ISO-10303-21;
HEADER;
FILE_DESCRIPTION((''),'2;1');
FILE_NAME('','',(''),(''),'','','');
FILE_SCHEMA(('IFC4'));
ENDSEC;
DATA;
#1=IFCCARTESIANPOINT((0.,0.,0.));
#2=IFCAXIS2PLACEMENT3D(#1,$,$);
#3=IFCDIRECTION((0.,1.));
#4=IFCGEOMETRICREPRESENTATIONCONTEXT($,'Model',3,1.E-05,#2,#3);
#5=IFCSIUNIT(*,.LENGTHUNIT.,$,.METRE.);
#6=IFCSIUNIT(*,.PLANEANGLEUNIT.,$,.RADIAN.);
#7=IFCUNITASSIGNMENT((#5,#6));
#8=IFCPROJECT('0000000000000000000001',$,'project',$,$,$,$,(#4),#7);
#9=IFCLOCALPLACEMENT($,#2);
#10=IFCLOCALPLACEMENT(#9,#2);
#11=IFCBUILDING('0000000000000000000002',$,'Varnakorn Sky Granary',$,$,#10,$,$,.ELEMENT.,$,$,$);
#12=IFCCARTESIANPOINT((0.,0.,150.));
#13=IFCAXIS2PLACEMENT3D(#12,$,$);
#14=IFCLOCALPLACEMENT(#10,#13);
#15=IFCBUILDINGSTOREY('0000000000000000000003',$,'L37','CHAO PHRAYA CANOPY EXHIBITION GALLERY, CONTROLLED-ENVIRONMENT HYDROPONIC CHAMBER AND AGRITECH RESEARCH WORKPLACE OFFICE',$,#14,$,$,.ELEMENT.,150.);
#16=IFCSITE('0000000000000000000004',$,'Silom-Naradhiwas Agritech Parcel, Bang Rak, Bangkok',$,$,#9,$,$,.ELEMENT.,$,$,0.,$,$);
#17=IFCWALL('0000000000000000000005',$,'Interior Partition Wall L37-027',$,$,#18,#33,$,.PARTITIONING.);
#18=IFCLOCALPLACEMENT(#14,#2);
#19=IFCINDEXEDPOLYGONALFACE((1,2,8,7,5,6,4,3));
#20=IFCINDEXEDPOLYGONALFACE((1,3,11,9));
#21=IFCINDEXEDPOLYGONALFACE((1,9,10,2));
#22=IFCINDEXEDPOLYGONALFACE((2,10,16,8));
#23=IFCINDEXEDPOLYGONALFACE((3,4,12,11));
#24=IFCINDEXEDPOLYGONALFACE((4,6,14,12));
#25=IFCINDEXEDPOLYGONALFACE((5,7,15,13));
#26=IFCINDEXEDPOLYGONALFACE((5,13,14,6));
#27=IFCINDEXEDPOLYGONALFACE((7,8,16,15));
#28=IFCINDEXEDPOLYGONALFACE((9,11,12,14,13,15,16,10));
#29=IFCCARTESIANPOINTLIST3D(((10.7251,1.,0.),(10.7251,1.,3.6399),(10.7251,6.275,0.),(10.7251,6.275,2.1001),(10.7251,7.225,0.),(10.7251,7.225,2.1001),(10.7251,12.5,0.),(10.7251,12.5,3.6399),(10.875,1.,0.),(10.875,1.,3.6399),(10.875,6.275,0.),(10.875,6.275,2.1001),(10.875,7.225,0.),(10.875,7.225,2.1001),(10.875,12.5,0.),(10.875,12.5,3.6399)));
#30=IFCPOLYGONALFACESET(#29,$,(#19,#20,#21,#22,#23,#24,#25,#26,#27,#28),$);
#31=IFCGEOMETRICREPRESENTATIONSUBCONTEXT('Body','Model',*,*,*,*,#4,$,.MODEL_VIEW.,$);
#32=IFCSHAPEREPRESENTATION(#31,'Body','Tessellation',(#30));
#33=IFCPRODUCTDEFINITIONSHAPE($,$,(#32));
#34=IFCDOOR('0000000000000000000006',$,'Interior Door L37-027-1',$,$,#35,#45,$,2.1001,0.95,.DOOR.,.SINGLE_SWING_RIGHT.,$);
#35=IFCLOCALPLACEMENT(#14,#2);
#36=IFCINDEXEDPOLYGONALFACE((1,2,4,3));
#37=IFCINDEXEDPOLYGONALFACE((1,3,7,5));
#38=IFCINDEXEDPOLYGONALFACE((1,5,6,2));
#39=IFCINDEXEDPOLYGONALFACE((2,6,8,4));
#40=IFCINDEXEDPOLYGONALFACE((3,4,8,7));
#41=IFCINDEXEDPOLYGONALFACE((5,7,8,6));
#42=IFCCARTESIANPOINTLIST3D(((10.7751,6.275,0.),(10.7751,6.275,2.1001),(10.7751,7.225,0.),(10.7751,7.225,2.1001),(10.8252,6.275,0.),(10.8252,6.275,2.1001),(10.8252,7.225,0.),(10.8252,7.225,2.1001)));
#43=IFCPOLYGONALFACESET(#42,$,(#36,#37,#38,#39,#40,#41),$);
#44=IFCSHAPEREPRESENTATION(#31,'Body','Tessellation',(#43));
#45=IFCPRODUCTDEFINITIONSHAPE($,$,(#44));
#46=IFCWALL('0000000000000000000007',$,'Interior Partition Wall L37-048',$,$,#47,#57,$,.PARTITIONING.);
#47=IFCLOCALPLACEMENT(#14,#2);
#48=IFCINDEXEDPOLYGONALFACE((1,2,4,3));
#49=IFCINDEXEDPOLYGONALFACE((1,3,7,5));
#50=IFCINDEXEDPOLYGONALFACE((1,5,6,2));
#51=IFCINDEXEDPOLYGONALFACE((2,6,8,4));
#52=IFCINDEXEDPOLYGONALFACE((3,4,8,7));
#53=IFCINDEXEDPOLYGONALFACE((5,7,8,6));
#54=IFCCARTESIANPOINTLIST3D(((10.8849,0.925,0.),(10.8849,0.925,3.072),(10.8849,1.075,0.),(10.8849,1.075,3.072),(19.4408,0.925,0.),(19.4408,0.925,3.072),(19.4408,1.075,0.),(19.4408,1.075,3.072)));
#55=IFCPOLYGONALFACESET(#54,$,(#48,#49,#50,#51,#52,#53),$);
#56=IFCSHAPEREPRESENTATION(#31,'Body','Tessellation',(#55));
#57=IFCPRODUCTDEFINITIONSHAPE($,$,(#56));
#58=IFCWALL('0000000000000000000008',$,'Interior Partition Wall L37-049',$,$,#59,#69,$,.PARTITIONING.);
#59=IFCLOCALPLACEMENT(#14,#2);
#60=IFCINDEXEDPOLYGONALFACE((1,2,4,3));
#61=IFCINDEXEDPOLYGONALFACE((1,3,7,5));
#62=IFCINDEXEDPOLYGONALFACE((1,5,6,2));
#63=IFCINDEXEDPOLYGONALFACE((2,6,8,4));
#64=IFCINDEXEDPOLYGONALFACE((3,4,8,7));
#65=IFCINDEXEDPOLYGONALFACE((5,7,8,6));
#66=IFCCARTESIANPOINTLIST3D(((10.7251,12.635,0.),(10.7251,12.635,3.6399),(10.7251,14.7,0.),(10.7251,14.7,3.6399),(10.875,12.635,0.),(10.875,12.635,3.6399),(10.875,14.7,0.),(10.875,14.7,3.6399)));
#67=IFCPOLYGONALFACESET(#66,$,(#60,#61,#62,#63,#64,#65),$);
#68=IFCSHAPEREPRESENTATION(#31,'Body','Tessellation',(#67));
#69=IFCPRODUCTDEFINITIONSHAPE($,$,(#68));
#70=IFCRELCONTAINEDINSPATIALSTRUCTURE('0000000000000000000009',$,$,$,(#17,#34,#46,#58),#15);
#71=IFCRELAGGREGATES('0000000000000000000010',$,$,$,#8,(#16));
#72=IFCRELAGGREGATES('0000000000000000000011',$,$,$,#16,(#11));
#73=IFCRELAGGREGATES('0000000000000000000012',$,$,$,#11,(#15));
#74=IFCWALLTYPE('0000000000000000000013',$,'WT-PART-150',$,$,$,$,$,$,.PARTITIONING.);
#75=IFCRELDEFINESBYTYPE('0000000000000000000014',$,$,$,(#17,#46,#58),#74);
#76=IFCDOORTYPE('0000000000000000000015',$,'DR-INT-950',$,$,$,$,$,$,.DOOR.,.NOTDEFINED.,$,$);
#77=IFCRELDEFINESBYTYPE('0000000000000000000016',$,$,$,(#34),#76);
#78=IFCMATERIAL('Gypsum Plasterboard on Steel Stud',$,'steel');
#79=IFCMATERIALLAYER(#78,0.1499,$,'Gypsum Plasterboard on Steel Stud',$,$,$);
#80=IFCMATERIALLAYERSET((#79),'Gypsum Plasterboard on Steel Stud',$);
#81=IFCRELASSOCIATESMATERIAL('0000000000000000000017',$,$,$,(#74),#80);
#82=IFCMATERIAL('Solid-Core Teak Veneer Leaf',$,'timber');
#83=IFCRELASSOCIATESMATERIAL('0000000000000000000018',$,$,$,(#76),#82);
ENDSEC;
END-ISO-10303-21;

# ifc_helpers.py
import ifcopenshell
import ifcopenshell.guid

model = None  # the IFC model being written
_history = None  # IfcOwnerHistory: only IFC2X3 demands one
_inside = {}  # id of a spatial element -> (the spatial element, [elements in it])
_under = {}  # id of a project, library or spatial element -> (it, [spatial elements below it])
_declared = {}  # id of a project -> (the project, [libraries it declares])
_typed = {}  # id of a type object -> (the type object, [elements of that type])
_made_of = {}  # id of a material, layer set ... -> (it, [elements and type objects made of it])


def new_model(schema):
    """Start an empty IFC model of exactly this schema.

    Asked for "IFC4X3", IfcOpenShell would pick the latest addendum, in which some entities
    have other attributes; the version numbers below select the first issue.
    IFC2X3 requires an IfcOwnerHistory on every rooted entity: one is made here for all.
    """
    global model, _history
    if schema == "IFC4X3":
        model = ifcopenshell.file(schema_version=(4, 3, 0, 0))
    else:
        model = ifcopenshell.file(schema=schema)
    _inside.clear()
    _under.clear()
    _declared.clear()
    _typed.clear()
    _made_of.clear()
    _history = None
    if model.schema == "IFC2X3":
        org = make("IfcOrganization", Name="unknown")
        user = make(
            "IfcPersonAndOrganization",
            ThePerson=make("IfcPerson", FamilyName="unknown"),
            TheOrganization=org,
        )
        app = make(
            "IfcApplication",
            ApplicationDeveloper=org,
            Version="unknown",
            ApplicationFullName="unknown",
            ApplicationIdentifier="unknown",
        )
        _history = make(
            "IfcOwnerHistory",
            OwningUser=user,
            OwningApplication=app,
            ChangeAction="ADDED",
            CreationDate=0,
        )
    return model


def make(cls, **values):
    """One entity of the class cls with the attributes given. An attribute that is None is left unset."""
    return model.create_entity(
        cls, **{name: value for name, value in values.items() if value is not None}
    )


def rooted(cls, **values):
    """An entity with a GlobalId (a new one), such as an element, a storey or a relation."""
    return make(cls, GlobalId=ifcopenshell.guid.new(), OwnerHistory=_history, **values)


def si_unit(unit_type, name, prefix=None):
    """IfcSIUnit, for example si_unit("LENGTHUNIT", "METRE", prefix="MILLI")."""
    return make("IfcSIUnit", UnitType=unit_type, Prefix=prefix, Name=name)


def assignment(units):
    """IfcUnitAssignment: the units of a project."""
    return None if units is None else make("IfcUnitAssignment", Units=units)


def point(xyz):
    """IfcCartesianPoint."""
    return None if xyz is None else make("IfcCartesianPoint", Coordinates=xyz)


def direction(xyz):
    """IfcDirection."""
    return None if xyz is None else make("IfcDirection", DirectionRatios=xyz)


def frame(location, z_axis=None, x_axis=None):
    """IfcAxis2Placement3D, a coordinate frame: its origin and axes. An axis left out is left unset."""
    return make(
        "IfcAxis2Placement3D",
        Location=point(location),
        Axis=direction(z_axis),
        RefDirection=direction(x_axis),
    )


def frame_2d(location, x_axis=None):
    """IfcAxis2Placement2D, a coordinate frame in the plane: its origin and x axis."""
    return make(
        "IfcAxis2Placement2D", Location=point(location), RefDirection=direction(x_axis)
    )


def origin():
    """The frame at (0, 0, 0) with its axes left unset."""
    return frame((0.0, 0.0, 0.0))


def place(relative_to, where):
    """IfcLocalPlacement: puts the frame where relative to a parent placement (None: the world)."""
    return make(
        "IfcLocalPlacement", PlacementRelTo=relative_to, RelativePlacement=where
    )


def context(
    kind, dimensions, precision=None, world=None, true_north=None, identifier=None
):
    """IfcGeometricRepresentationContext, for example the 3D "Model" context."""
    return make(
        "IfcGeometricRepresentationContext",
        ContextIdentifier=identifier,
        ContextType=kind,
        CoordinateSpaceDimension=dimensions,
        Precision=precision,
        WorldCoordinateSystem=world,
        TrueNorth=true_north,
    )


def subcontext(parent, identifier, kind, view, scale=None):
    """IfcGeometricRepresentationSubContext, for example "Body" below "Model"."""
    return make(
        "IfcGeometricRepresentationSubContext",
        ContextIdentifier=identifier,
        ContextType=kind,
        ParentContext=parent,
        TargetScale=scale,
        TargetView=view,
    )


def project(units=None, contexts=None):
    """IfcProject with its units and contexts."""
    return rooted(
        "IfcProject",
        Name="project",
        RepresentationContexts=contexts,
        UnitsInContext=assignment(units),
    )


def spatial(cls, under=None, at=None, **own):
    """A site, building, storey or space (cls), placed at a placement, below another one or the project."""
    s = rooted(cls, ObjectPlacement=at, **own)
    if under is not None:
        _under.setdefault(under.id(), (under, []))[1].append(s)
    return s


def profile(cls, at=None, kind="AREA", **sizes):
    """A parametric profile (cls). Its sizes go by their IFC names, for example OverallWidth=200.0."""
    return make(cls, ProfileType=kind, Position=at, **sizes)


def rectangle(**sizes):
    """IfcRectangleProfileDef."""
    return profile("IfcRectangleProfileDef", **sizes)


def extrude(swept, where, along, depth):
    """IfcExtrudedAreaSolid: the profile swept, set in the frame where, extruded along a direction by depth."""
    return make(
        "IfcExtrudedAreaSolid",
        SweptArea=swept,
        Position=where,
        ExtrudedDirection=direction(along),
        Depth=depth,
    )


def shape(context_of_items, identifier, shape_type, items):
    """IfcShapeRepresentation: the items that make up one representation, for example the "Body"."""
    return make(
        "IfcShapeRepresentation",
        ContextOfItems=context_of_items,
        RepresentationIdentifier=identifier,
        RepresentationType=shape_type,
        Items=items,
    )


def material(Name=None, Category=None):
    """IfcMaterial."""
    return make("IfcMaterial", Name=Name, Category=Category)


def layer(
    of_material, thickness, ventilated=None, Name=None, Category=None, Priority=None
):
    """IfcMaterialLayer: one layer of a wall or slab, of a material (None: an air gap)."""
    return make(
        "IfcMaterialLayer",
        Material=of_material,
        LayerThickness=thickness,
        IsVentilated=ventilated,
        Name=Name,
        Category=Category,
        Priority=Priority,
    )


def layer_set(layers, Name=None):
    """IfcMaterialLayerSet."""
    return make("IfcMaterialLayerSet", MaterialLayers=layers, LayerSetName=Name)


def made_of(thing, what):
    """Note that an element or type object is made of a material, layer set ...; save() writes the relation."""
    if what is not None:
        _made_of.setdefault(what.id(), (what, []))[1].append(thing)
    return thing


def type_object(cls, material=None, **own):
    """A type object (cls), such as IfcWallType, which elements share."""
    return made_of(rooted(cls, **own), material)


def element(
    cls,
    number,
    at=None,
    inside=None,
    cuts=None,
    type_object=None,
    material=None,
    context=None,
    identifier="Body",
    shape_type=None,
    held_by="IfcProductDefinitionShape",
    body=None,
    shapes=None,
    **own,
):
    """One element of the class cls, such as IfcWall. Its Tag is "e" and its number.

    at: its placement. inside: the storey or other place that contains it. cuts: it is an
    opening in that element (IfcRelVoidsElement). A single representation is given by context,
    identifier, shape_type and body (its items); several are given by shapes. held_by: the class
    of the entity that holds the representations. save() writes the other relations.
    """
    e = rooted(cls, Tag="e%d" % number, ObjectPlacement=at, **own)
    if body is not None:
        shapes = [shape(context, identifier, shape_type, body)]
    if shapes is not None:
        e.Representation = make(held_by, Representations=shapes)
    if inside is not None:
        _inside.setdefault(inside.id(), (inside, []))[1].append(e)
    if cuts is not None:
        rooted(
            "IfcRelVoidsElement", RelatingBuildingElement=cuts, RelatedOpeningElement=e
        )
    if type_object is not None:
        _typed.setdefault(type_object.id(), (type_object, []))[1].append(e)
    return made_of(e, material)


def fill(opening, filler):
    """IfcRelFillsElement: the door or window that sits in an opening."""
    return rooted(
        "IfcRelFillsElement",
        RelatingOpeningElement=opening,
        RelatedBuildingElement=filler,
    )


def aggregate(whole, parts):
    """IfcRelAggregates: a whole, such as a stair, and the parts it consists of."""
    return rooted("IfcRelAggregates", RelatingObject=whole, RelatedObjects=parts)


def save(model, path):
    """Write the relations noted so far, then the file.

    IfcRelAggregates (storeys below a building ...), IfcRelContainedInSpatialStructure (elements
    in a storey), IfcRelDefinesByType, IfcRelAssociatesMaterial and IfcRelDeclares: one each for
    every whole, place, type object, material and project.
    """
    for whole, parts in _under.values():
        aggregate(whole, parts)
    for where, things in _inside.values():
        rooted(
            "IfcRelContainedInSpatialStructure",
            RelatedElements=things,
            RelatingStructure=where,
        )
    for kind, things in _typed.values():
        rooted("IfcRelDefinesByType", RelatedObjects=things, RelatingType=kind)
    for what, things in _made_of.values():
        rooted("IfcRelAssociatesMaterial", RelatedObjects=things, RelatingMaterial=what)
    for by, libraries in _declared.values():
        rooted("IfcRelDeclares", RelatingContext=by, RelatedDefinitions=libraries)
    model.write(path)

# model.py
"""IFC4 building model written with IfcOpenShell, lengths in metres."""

from ifc_helpers import new_model, si_unit, direction, frame, frame_2d, origin, place, context, subcontext, project, spatial, rectangle, extrude, material, layer, layer_set, type_object, element, fill, save


model = new_model("IFC4")

# Units and contexts
model_context = context("Model", 3, precision=1e-05, world=origin(), true_north=direction((0.0, 1.0)))
body_context = subcontext(model_context, "Body", "Model", "MODEL_VIEW")
ifc_project = project(units=[si_unit("LENGTHUNIT", "METRE"), si_unit("PLANEANGLEUNIT", "RADIAN")], contexts=[model_context])

# Site, building, storey
site_placement = place(None, origin())
site = spatial("IfcSite", under=ifc_project, at=site_placement, Name="Silom-Naradhiwas Agritech Parcel, Bang Rak, Bangkok", CompositionType="ELEMENT", RefElevation=0.0)
building_placement = place(site_placement, origin())
building = spatial("IfcBuilding", under=site, at=building_placement, Name="Varnakorn Sky Granary", CompositionType="ELEMENT")
storey_placement = place(building_placement, frame((0.0, 0.0, 150.0)))
storey = spatial("IfcBuildingStorey", under=building, at=storey_placement, Name="L37", Description="CHAO PHRAYA CANOPY EXHIBITION GALLERY, CONTROLLED-ENVIRONMENT HYDROPONIC CHAMBER AND AGRITECH RESEARCH WORKPLACE OFFICE", CompositionType="ELEMENT", Elevation=150.0)

# Wall, opening, door
ifc_material_1 = material(Name="Gypsum Plasterboard on Steel Stud", Category="steel")
ifc_layer_1 = layer(ifc_material_1, 0.1499, Name="Gypsum Plasterboard on Steel Stud")
ifc_layer_set_1 = layer_set([ifc_layer_1], Name="Gypsum Plasterboard on Steel Stud")
wall_type_1 = type_object("IfcWallType", Name="WT-PART-150", PredefinedType="PARTITIONING", material=ifc_layer_set_1)
wall_1_placement = place(storey_placement, frame((10.8, 1.0, 0.0), z_axis=(0.0, 0.0, 1.0), x_axis=(0.0, 1.0, 0.0)))
wall_1 = element("IfcWall", 1, at=wall_1_placement, inside=storey, type_object=wall_type_1, Name="Interior Partition Wall L37-027", PredefinedType="PARTITIONING", context=body_context, shape_type="SweptSolid", body=[
    extrude(rectangle(XDim=11.5, YDim=0.1499, at=frame_2d((5.75, 0.0))), origin(), (0.0, 0.0, 1.0), 3.6399),
])
opening_1_placement = place(wall_1_placement, frame((5.2749, 0.0, 0.0)))
opening_1 = element("IfcOpeningElement", 2, at=opening_1_placement, cuts=wall_1, PredefinedType="OPENING", context=body_context, shape_type="SweptSolid", body=[
    extrude(rectangle(XDim=0.95, YDim=2.1001, at=frame_2d((0.4751, 1.05))), frame((0.0, 0.085, 0.0), z_axis=(0.0, -1.0, 0.0), x_axis=(1.0, 0.0, 0.0)), (0.0, 0.0, 1.0), 0.1699),
])
ifc_material_2 = material(Name="Solid-Core Teak Veneer Leaf", Category="timber")
door_type_1 = type_object("IfcDoorType", Name="DR-INT-950", OperationType="NOTDEFINED", PredefinedType="DOOR", material=ifc_material_2)
door_1_placement = place(opening_1_placement, origin())
door_1 = element("IfcDoor", 3, at=door_1_placement, inside=storey, type_object=door_type_1, Name="Interior Door L37-027-1", OperationType="SINGLE_SWING_RIGHT", OverallHeight=2.1001, OverallWidth=0.95, PredefinedType="DOOR", context=body_context, shape_type="SweptSolid", body=[
    extrude(rectangle(XDim=0.95, YDim=2.1001, at=frame_2d((0.4751, 1.05))), frame((0.0, 0.0249, 0.0), z_axis=(0.0, -1.0, 0.0), x_axis=(1.0, 0.0, 0.0)), (0.0, 0.0, 1.0), 0.05),
])
fill(opening_1, door_1)

# Walls
wall_2_placement = place(storey_placement, frame((10.885, 1.0, 0.0), z_axis=(0.0, 0.0, 1.0), x_axis=(1.0, 0.0, 0.0)))
element("IfcWall", 4, at=wall_2_placement, inside=storey, type_object=wall_type_1, Name="Interior Partition Wall L37-048", PredefinedType="PARTITIONING", context=body_context, shape_type="SweptSolid", body=[
    extrude(rectangle(XDim=8.5559, YDim=0.1499, at=frame_2d((4.2778, 0.0))), origin(), (0.0, 0.0, 1.0), 3.072),
])
wall_3_placement = place(storey_placement, frame((10.8, 12.635, 0.0), z_axis=(0.0, 0.0, 1.0), x_axis=(0.0, 1.0, 0.0)))
element("IfcWall", 5, at=wall_3_placement, inside=storey, type_object=wall_type_1, Name="Interior Partition Wall L37-049", PredefinedType="PARTITIONING", context=body_context, shape_type="SweptSolid", body=[
    extrude(rectangle(XDim=2.0649, YDim=0.1499, at=frame_2d((1.0325, 0.0))), origin(), (0.0, 0.0, 1.0), 3.6399),
])

save(model, "model.ifc")
